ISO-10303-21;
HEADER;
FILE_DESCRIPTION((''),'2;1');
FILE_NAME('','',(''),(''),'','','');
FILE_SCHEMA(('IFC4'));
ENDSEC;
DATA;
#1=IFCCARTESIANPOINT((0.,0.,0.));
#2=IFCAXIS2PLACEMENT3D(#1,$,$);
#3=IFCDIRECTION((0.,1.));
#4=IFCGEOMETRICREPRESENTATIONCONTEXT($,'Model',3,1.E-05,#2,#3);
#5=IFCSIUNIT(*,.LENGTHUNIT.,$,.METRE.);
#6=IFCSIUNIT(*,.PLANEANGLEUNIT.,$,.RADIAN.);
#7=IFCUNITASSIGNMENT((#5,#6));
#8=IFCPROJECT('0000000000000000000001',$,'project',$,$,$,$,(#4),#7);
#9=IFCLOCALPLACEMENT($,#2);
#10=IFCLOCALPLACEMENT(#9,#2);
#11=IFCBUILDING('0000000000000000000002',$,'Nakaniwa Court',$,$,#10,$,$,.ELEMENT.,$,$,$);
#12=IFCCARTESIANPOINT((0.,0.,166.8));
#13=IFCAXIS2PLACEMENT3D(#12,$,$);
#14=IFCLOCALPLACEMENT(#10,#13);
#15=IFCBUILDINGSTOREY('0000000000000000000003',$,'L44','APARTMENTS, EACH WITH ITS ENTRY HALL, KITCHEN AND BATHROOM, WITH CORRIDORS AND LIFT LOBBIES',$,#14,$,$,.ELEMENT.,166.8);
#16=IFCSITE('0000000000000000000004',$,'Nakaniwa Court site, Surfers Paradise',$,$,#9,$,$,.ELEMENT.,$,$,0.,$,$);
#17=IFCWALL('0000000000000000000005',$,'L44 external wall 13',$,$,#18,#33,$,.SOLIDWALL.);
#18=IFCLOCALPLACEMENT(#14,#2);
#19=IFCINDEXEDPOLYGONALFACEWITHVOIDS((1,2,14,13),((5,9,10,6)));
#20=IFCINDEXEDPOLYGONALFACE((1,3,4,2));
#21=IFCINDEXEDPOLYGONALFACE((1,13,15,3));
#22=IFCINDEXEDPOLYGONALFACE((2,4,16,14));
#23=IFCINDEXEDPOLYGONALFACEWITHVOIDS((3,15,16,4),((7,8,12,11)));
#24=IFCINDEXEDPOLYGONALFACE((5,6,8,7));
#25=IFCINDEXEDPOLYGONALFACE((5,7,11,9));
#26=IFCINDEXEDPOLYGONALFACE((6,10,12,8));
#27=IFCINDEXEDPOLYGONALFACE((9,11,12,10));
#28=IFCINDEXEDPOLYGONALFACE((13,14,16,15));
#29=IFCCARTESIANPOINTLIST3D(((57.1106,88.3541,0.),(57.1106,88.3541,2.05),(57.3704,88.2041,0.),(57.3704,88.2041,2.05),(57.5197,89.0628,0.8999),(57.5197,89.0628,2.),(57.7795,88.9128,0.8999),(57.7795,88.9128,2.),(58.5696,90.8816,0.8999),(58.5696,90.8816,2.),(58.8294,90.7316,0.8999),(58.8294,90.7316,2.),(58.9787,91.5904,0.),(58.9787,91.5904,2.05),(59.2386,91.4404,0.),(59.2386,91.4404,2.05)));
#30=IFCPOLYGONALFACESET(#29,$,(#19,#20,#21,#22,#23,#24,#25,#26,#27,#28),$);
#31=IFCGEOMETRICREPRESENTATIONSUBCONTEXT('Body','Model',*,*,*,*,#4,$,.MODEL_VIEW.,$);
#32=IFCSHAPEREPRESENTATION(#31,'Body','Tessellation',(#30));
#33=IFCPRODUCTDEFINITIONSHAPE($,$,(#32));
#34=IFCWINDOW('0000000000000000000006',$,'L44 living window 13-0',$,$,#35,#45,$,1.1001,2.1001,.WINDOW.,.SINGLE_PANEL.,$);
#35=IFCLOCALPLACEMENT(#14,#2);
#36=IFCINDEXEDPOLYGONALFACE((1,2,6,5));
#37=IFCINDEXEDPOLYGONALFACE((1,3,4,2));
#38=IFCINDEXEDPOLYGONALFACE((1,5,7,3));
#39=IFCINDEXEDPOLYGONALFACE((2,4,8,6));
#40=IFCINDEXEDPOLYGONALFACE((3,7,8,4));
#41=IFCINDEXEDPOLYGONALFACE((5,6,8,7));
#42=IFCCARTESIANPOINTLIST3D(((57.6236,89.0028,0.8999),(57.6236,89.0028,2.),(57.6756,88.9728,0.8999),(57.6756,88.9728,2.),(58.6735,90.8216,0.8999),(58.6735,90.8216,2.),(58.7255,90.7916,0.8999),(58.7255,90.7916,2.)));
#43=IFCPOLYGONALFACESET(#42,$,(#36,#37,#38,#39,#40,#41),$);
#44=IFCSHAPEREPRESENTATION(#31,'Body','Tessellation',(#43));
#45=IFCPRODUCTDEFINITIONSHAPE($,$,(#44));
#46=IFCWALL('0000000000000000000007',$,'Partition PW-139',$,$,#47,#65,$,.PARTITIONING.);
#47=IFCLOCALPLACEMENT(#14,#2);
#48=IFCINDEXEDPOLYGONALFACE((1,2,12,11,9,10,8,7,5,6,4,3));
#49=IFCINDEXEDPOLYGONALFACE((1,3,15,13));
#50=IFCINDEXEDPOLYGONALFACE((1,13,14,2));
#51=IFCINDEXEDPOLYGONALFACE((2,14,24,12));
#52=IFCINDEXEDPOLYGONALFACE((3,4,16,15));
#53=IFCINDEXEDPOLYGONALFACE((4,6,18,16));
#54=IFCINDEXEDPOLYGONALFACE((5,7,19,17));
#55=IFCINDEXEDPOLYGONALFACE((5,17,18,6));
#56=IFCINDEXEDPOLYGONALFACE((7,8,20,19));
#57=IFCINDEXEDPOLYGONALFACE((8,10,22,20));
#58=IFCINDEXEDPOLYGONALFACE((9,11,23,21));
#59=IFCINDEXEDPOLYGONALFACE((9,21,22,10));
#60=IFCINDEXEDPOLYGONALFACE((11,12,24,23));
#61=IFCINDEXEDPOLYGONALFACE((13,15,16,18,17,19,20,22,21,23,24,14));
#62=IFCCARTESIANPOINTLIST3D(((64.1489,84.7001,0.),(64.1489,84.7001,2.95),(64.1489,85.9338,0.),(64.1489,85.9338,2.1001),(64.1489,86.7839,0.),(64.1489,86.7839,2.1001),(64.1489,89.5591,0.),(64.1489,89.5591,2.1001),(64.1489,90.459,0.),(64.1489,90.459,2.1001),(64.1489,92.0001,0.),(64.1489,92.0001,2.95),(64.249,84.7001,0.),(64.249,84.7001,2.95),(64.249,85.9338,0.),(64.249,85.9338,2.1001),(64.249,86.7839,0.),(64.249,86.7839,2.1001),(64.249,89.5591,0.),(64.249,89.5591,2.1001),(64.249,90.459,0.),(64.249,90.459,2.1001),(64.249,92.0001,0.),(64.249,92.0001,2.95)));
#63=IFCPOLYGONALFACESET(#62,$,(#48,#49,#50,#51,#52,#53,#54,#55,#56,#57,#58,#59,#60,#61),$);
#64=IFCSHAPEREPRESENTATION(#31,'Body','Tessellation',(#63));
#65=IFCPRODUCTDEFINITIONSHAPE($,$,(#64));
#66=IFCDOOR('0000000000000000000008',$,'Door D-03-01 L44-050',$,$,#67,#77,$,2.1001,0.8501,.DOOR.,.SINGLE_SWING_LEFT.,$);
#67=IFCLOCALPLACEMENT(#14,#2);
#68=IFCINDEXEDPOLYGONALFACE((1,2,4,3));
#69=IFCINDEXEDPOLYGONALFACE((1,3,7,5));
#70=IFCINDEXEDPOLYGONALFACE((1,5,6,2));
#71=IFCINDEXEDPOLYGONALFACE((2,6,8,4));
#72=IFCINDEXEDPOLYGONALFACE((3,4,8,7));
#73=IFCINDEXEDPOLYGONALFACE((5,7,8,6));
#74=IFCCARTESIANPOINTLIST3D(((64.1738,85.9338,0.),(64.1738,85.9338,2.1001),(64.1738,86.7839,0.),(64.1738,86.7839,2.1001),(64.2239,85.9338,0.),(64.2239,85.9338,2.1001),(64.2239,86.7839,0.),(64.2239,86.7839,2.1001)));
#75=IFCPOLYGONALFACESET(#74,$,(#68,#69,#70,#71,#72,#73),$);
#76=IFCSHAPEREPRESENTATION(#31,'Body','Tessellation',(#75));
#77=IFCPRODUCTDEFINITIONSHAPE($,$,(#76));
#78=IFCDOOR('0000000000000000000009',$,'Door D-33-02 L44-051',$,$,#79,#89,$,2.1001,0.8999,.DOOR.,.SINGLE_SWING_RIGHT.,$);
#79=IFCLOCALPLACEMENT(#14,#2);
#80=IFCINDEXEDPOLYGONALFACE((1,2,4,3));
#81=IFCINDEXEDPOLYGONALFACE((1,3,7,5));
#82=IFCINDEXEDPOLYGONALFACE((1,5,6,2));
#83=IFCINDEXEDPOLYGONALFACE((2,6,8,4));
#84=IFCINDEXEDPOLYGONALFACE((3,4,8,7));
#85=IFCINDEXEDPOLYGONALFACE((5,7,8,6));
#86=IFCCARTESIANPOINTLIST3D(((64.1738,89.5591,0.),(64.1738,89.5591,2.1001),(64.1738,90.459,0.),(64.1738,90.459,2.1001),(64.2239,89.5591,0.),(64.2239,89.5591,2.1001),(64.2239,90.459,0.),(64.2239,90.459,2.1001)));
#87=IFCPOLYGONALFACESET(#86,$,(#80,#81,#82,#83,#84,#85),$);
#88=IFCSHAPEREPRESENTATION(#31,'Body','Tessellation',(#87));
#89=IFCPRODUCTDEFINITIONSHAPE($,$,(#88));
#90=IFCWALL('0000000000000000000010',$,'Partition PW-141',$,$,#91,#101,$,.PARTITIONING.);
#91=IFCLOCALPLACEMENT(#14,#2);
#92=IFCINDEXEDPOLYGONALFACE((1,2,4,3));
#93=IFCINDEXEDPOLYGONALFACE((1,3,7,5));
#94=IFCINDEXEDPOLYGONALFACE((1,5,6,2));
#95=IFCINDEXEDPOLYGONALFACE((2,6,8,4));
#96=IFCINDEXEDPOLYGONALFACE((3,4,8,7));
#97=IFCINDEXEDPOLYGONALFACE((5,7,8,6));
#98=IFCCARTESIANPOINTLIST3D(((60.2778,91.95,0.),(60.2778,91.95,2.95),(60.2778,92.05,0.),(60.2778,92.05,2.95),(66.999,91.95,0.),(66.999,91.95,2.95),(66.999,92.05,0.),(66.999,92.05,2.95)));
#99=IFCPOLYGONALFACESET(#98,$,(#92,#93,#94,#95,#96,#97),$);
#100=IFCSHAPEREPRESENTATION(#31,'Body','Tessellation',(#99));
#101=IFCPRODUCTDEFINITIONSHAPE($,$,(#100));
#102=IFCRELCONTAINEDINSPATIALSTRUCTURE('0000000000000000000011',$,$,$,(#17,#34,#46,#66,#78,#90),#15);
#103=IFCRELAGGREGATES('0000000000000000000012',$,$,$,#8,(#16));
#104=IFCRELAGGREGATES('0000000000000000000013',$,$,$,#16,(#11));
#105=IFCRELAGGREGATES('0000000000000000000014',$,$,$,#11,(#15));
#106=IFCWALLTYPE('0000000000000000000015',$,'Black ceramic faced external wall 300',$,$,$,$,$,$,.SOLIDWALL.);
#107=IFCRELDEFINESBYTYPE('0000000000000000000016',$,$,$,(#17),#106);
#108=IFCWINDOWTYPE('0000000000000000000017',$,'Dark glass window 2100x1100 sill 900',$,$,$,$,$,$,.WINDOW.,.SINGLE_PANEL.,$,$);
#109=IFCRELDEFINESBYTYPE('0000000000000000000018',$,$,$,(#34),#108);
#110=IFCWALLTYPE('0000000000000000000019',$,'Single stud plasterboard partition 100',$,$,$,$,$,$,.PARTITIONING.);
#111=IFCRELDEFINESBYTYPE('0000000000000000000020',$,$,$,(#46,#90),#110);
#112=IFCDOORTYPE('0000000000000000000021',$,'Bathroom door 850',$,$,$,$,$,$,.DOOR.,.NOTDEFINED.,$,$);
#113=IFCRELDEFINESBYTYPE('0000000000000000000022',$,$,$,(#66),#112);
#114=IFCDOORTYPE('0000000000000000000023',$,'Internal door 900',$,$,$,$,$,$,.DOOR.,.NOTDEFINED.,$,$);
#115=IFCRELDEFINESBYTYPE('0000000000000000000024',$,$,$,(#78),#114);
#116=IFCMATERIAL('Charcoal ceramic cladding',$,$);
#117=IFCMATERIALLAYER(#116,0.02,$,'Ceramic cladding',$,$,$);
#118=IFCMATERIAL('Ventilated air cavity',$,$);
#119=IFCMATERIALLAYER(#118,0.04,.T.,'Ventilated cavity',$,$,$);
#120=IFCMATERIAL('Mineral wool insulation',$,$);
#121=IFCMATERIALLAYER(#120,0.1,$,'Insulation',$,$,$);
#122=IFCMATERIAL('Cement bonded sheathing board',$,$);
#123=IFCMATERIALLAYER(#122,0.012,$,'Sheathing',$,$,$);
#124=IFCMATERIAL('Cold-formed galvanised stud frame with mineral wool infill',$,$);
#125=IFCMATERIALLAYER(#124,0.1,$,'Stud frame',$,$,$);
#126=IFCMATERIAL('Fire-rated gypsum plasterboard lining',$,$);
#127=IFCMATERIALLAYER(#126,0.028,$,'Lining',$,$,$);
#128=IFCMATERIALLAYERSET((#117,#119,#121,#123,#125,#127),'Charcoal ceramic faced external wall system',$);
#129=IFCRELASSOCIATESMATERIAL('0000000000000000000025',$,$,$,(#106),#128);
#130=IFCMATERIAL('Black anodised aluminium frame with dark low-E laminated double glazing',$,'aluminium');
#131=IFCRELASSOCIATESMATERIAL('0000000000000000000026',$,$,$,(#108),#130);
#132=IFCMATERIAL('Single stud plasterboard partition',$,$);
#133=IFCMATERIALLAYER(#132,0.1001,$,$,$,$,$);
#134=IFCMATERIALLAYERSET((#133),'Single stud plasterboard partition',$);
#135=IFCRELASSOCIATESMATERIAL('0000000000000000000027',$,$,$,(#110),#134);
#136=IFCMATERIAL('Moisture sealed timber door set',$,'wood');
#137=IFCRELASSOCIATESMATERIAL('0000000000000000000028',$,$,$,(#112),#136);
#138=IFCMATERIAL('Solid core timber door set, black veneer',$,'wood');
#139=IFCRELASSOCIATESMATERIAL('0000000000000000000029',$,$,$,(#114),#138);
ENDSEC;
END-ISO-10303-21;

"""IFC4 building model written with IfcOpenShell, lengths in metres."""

from ifc_helpers import new_model, si_unit, direction, frame, frame_2d, origin, place, context, subcontext, project, spatial, rectangle, extrude, material, layer, layer_set, type_object, element, fill, save


model = new_model("IFC4")

# Units and contexts
model_context = context("Model", 3, precision=1e-05, world=origin(), true_north=direction((0.0, 1.0)))
body_context = subcontext(model_context, "Body", "Model", "MODEL_VIEW")
ifc_project = project(units=[si_unit("LENGTHUNIT", "METRE"), si_unit("PLANEANGLEUNIT", "RADIAN")], contexts=[model_context])

# Site, building, storey
site_placement = place(None, origin())
site = spatial("IfcSite", under=ifc_project, at=site_placement, Name="Nakaniwa Court site, Surfers Paradise", CompositionType="ELEMENT", RefElevation=0.0)
building_placement = place(site_placement, origin())
building = spatial("IfcBuilding", under=site, at=building_placement, Name="Nakaniwa Court", CompositionType="ELEMENT")
storey_placement = place(building_placement, frame((0.0, 0.0, 166.8)))
storey = spatial("IfcBuildingStorey", under=building, at=storey_placement, Name="L44", Description="APARTMENTS, EACH WITH ITS ENTRY HALL, KITCHEN AND BATHROOM, WITH CORRIDORS AND LIFT LOBBIES", CompositionType="ELEMENT", Elevation=166.8)

# Shared definitions
ifc_material_1 = material(Name="Solid core timber door set, black veneer", Category="wood")

# Shared definitions
ifc_material_2 = material(Name="Charcoal ceramic cladding")
ifc_layer_1 = layer(ifc_material_2, 0.02, Name="Ceramic cladding")
ifc_material_3 = material(Name="Ventilated air cavity")
ifc_layer_2 = layer(ifc_material_3, 0.04, ventilated=True, Name="Ventilated cavity")
ifc_material_4 = material(Name="Mineral wool insulation")
ifc_layer_3 = layer(ifc_material_4, 0.1, Name="Insulation")
ifc_material_5 = material(Name="Cement bonded sheathing board")
ifc_layer_4 = layer(ifc_material_5, 0.012, Name="Sheathing")
ifc_material_6 = material(Name="Cold-formed galvanised stud frame with mineral wool infill")
ifc_layer_5 = layer(ifc_material_6, 0.1, Name="Stud frame")
ifc_material_7 = material(Name="Fire-rated gypsum plasterboard lining")
ifc_layer_6 = layer(ifc_material_7, 0.028, Name="Lining")
ifc_layer_set_1 = layer_set([ifc_layer_1, ifc_layer_2, ifc_layer_3, ifc_layer_4, ifc_layer_5, ifc_layer_6], Name="Charcoal ceramic faced external wall system")
wall_type_1 = type_object("IfcWallType", Name="Black ceramic faced external wall 300", PredefinedType="SOLIDWALL", material=ifc_layer_set_1)

# Wall, opening, window
ifc_material_8 = material(Name="Black anodised aluminium frame with dark low-E laminated double glazing", Category="aluminium")
window_type_1 = type_object("IfcWindowType", Name="Dark glass window 2100x1100 sill 900", PartitioningType="SINGLE_PANEL", PredefinedType="WINDOW", material=ifc_material_8)
wall_1_placement = place(storey_placement, frame((59.1086, 91.5154, 0.0), z_axis=(0.0, 0.0, 1.0), x_axis=(-0.499934, -0.866064, 0.0)))
wall_1 = element("IfcWall", 1, at=wall_1_placement, inside=storey, type_object=wall_type_1, Name="L44 external wall 13", PredefinedType="SOLIDWALL", context=body_context, shape_type="SweptSolid", body=[
    extrude(rectangle(XDim=3.7368, YDim=0.3, at=frame_2d((1.8684, 0.0))), origin(), (0.0, 0.0, 1.0), 2.05),
])
opening_1_placement = place(wall_1_placement, frame((0.8184, 0.0, 0.8999)))
opening_1 = element("IfcOpeningElement", 2, at=opening_1_placement, cuts=wall_1, PredefinedType="OPENING", context=body_context, shape_type="SweptSolid", body=[
    extrude(rectangle(XDim=2.1001, YDim=1.1001, at=frame_2d((1.05, 0.55))), frame((0.0, 0.1599, 0.0), z_axis=(0.0, -1.0, 0.0), x_axis=(1.0, 0.0, 0.0)), (0.0, 0.0, 1.0), 0.3201),
])
window_1_placement = place(opening_1_placement, origin())
window_1 = element("IfcWindow", 3, at=window_1_placement, inside=storey, type_object=window_type_1, Name="L44 living window 13-0", OverallHeight=1.1001, OverallWidth=2.1001, PartitioningType="SINGLE_PANEL", PredefinedType="WINDOW", context=body_context, shape_type="SweptSolid", body=[
    extrude(rectangle(XDim=2.1001, YDim=1.1001, at=frame_2d((1.05, 0.55))), frame((0.0, 0.03, 0.0), z_axis=(0.0, -1.0, 0.0), x_axis=(1.0, 0.0, 0.0)), (0.0, 0.0, 1.0), 0.0601),
])
fill(opening_1, window_1)

# Wall, openings, doors
ifc_material_9 = material(Name="Single stud plasterboard partition")
ifc_layer_7 = layer(ifc_material_9, 0.1001)
ifc_layer_set_2 = layer_set([ifc_layer_7], Name="Single stud plasterboard partition")
wall_type_2 = type_object("IfcWallType", Name="Single stud plasterboard partition 100", PredefinedType="PARTITIONING", material=ifc_layer_set_2)
wall_2_placement = place(storey_placement, frame((64.199, 92.0, 0.0), z_axis=(0.0, 0.0, 1.0), x_axis=(0.0, -1.0, 0.0)))
wall_2 = element("IfcWall", 4, at=wall_2_placement, inside=storey, type_object=wall_type_2, Name="Partition PW-139", PredefinedType="PARTITIONING", context=body_context, shape_type="SweptSolid", body=[
    extrude(rectangle(XDim=7.3, YDim=0.1001, at=frame_2d((3.6499, 0.0))), origin(), (0.0, 0.0, 1.0), 2.95),
])
opening_2_placement = place(wall_2_placement, frame((5.2161, 0.0, 0.0)))
opening_2 = element("IfcOpeningElement", 5, at=opening_2_placement, cuts=wall_2, PredefinedType="OPENING", context=body_context, shape_type="SweptSolid", body=[
    extrude(rectangle(XDim=0.8501, YDim=2.1001, at=frame_2d((0.425, 1.05))), frame((0.0, 0.0601, 0.0), z_axis=(0.0, -1.0, 0.0), x_axis=(1.0, 0.0, 0.0)), (0.0, 0.0, 1.0), 0.1201),
])
opening_3_placement = place(wall_2_placement, frame((1.541, 0.0, 0.0)))
opening_3 = element("IfcOpeningElement", 6, at=opening_3_placement, cuts=wall_2, PredefinedType="OPENING", context=body_context, shape_type="SweptSolid", body=[
    extrude(rectangle(XDim=0.8999, YDim=2.1001, at=frame_2d((0.45, 1.05))), frame((0.0, 0.0601, 0.0), z_axis=(0.0, -1.0, 0.0), x_axis=(1.0, 0.0, 0.0)), (0.0, 0.0, 1.0), 0.1201),
])
ifc_material_10 = material(Name="Moisture sealed timber door set", Category="wood")
door_type_1 = type_object("IfcDoorType", Name="Bathroom door 850", OperationType="NOTDEFINED", PredefinedType="DOOR", material=ifc_material_10)
door_1_placement = place(opening_2_placement, origin())
door_1 = element("IfcDoor", 7, at=door_1_placement, inside=storey, type_object=door_type_1, Name="Door D-03-01 L44-050", OperationType="SINGLE_SWING_LEFT", OverallHeight=2.1001, OverallWidth=0.8501, PredefinedType="DOOR", context=body_context, shape_type="SweptSolid", body=[
    extrude(rectangle(XDim=0.8501, YDim=2.1001, at=frame_2d((0.425, 1.05))), frame((0.0, 0.0249, 0.0), z_axis=(0.0, -1.0, 0.0), x_axis=(1.0, 0.0, 0.0)), (0.0, 0.0, 1.0), 0.05),
])
fill(opening_2, door_1)
door_type_2 = type_object("IfcDoorType", Name="Internal door 900", OperationType="NOTDEFINED", PredefinedType="DOOR", material=ifc_material_1)
door_2_placement = place(opening_3_placement, origin())
door_2 = element("IfcDoor", 8, at=door_2_placement, inside=storey, type_object=door_type_2, Name="Door D-33-02 L44-051", OperationType="SINGLE_SWING_RIGHT", OverallHeight=2.1001, OverallWidth=0.8999, PredefinedType="DOOR", context=body_context, shape_type="SweptSolid", body=[
    extrude(rectangle(XDim=0.8999, YDim=2.1001, at=frame_2d((0.45, 1.05))), frame((0.0, 0.0249, 0.0), z_axis=(0.0, -1.0, 0.0), x_axis=(1.0, 0.0, 0.0)), (0.0, 0.0, 1.0), 0.05),
])
fill(opening_3, door_2)

# Wall
wall_3_placement = place(storey_placement, frame((60.2778, 92.0, 0.0), z_axis=(0.0, 0.0, 1.0), x_axis=(1.0, 0.0, 0.0)))
element("IfcWall", 9, at=wall_3_placement, inside=storey, type_object=wall_type_2, Name="Partition PW-141", PredefinedType="PARTITIONING", context=body_context, shape_type="SweptSolid", body=[
    extrude(rectangle(XDim=6.7212, YDim=0.1001, at=frame_2d((3.3606, 0.0))), origin(), (0.0, 0.0, 1.0), 2.95),
])

save(model, "model.ifc")
